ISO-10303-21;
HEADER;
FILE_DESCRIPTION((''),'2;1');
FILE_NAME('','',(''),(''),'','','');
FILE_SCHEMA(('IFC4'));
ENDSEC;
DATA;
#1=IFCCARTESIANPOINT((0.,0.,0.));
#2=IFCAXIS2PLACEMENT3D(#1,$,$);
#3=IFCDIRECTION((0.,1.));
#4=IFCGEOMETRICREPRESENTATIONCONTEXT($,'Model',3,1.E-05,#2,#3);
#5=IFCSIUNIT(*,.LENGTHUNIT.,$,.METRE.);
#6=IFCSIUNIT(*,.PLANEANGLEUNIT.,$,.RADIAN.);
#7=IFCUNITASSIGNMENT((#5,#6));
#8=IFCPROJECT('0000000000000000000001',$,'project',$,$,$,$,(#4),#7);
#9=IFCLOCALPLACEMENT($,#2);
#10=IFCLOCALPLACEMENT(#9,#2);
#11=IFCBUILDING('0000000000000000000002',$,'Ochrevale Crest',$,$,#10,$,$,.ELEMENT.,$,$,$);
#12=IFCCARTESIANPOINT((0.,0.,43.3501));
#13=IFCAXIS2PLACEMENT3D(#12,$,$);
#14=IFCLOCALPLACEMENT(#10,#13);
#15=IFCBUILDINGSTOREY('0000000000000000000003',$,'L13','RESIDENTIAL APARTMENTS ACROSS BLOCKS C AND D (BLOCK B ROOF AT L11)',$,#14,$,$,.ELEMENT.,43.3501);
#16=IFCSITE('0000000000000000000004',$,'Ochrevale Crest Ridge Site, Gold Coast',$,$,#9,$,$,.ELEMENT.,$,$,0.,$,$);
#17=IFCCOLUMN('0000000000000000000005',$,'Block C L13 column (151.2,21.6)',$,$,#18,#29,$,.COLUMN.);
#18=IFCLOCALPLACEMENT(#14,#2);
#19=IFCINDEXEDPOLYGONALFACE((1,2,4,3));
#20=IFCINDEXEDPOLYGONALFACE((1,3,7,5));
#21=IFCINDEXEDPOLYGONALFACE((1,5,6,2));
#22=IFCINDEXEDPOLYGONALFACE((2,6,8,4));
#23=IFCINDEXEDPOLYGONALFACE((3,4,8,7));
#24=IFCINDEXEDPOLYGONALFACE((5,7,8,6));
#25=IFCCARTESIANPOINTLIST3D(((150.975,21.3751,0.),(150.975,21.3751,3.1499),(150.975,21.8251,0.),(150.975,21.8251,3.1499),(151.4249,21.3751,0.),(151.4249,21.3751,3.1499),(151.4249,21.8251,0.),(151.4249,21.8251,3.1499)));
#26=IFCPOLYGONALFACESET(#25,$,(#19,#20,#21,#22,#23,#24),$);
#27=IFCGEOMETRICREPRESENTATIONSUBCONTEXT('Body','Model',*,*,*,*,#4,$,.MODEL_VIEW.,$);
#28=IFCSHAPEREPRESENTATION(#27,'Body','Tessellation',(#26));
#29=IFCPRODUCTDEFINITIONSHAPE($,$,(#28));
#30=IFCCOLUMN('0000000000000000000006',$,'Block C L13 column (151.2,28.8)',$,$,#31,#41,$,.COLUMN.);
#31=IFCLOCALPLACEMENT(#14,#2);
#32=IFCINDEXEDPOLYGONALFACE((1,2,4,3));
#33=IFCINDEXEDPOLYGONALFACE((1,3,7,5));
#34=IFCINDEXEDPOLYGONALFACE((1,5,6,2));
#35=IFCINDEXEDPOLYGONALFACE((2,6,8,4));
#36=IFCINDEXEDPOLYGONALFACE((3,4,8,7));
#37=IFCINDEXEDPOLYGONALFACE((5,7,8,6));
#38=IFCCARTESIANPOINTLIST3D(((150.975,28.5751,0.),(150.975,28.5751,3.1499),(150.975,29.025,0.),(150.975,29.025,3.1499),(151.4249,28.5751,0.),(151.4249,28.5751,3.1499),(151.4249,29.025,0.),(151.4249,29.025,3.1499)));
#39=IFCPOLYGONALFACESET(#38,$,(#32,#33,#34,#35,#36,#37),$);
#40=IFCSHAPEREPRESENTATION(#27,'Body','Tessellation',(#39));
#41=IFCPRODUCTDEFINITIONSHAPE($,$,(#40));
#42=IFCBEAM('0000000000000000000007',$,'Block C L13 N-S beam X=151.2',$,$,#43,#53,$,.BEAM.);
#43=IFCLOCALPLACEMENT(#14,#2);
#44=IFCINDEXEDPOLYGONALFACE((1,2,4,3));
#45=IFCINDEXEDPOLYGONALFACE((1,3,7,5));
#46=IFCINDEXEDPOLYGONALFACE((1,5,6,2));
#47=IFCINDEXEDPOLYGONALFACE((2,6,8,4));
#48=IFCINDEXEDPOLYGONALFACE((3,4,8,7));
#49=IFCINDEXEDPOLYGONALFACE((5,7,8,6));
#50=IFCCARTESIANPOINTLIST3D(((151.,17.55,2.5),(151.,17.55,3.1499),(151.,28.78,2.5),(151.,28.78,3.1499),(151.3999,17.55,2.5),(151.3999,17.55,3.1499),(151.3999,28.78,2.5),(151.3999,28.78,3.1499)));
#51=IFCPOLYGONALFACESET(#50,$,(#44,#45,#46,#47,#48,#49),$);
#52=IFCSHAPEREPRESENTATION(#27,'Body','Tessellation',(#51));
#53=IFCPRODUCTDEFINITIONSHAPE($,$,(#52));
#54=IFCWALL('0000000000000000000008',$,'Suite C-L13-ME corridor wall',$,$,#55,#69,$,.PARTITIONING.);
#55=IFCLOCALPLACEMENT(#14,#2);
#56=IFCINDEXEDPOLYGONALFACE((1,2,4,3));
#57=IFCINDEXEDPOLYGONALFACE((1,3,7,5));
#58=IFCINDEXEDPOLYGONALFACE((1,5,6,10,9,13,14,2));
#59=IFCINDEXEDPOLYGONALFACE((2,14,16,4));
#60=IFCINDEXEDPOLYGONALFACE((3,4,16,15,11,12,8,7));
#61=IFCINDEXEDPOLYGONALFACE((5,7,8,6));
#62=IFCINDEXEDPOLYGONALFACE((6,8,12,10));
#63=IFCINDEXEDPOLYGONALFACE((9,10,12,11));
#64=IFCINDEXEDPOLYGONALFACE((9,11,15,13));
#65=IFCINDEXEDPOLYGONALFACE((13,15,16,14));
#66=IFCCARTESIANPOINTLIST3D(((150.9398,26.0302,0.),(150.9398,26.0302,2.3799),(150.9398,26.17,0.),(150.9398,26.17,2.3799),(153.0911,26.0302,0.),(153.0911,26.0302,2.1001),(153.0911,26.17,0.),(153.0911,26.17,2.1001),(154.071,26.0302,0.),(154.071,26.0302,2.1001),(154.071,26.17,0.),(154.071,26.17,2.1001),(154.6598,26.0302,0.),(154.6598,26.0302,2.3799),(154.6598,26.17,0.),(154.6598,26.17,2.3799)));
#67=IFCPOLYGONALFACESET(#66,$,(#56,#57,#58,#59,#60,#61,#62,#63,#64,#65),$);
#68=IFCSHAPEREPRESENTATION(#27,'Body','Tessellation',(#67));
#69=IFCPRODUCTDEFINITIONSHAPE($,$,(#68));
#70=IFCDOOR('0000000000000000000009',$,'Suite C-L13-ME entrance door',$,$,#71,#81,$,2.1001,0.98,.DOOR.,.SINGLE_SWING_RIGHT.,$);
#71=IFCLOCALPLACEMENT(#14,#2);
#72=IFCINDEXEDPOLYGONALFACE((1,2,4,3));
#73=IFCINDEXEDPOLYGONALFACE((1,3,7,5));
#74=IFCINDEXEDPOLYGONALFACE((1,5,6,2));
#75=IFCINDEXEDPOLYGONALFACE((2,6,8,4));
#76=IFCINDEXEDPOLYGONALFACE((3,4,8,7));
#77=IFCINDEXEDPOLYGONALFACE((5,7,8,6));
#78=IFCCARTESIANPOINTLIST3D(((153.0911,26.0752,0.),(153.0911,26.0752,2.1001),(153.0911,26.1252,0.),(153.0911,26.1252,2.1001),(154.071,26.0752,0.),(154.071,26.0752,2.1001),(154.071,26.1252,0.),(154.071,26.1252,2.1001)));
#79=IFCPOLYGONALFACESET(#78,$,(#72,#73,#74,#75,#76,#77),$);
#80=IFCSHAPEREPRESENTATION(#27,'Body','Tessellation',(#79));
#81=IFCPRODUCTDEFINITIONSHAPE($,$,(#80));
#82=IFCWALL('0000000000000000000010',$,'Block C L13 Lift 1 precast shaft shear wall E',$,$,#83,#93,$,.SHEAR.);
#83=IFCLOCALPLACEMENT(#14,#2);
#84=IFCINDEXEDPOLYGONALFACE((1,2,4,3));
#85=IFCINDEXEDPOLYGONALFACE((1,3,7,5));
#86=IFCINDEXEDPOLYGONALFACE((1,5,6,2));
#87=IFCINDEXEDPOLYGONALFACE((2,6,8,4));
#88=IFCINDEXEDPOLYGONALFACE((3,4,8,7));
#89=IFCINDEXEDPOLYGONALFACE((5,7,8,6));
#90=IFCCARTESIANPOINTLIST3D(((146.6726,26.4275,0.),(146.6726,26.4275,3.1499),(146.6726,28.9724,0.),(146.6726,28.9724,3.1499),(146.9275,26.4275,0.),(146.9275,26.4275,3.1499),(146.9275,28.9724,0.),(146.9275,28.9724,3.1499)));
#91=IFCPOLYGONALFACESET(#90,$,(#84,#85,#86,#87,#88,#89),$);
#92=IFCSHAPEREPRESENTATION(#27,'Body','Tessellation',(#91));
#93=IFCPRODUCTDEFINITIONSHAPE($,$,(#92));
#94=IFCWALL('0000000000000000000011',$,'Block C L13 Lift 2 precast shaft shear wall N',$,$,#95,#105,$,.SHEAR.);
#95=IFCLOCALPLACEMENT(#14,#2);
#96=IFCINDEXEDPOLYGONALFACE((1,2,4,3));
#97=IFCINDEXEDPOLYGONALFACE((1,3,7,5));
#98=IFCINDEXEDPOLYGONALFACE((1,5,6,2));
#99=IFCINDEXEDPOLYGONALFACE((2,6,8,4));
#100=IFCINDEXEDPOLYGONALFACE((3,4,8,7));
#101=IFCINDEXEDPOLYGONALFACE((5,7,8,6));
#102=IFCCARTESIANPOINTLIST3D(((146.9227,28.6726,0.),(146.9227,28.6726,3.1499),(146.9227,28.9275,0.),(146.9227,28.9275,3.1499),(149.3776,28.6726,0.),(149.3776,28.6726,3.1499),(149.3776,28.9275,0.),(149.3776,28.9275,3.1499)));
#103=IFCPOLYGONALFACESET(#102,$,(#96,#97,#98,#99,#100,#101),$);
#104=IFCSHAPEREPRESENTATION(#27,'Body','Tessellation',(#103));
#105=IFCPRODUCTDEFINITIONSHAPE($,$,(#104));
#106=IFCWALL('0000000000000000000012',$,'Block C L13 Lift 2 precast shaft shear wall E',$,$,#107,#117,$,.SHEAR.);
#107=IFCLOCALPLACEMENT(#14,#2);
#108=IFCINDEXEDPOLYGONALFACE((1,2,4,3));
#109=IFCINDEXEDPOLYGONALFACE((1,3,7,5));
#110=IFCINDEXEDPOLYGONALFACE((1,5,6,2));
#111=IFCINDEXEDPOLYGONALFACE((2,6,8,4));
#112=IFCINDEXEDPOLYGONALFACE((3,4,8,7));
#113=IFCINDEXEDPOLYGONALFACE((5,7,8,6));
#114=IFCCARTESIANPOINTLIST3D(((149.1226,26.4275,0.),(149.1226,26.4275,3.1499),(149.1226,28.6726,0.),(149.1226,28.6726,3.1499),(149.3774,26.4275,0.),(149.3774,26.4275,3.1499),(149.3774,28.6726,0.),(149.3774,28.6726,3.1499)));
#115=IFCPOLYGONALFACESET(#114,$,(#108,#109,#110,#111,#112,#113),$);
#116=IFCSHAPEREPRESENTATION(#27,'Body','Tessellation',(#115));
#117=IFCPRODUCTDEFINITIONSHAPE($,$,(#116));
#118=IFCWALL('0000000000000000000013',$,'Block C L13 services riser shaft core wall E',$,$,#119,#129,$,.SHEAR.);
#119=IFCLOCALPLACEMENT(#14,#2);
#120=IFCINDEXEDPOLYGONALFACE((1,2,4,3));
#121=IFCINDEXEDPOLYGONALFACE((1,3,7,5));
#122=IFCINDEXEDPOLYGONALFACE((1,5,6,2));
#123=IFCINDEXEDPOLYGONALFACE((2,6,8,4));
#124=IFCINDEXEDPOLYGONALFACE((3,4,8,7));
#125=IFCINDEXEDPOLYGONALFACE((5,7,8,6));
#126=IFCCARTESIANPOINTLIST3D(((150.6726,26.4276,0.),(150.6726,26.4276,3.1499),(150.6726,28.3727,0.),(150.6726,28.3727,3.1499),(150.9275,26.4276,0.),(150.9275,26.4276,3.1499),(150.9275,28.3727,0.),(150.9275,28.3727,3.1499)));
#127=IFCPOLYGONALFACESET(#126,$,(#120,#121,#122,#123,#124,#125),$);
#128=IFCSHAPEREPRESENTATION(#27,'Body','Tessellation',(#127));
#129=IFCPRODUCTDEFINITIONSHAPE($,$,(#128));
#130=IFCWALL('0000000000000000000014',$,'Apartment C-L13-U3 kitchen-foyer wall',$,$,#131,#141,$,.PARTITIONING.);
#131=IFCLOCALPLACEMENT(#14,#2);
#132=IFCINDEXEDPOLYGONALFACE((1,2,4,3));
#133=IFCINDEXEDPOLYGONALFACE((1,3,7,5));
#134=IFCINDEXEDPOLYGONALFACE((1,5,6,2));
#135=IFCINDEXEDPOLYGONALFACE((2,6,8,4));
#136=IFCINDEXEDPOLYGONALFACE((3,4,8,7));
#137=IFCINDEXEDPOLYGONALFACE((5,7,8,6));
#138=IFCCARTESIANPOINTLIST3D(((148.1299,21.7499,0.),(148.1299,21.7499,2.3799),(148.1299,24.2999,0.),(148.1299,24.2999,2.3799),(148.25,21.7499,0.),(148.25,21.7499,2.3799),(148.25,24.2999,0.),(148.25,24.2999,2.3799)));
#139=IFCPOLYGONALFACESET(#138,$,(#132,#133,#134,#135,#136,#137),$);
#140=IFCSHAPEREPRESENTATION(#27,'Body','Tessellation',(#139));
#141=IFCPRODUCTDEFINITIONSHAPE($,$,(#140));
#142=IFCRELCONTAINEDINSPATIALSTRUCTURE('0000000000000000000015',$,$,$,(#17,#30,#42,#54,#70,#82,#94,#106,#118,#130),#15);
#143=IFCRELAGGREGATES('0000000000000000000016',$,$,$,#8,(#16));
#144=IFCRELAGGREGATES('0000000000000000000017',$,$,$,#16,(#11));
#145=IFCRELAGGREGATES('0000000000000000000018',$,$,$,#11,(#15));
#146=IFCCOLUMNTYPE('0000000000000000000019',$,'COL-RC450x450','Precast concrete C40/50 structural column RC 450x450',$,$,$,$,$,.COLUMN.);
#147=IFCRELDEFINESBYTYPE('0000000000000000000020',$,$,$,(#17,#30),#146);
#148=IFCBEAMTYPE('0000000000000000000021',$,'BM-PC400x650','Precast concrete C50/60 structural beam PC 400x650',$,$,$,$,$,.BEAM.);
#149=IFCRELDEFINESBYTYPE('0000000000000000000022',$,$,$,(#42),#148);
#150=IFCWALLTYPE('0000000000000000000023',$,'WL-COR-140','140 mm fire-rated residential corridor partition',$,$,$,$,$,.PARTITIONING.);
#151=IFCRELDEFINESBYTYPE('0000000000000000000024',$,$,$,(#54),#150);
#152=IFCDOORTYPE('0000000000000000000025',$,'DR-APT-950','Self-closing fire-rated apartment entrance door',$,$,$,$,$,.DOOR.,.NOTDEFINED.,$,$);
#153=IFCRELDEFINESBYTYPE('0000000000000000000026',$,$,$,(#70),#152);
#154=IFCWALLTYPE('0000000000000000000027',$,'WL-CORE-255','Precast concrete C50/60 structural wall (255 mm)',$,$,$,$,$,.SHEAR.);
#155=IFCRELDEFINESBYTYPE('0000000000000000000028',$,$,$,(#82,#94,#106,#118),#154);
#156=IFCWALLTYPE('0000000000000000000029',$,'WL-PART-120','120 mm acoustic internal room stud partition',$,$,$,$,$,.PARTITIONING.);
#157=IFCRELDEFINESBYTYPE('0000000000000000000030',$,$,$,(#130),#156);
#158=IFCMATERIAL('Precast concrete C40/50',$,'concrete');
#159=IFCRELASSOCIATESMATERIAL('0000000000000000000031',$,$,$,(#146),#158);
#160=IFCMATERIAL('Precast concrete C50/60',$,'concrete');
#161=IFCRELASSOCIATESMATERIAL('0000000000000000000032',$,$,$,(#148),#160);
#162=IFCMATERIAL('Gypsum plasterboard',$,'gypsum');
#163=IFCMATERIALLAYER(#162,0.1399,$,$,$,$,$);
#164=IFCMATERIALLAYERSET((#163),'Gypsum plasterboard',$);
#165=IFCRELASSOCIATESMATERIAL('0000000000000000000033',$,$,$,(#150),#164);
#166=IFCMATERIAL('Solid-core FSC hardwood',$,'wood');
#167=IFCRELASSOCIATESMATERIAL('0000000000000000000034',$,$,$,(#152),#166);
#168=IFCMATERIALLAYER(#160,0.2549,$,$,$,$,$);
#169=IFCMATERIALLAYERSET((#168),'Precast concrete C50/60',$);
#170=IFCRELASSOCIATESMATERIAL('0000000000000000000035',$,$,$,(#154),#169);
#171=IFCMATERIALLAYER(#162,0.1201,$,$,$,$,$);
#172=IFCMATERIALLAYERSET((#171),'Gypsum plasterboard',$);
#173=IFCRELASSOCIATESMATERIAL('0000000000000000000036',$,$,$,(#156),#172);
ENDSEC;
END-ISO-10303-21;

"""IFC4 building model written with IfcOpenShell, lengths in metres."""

from ifc_helpers import new_model, si_unit, direction, frame, frame_2d, origin, origin_2d, place, context, subcontext, project, spatial, rectangle, extrude, material, layer, layer_set, material_profile, profile_set, type_object, element, fill, save


model = new_model("IFC4")

# Units and contexts
model_context = context("Model", 3, precision=1e-05, world=origin(), true_north=direction((0.0, 1.0)))
body_context = subcontext(model_context, "Body", "Model", "MODEL_VIEW")
ifc_project = project(units=[si_unit("LENGTHUNIT", "METRE"), si_unit("PLANEANGLEUNIT", "RADIAN")], contexts=[model_context])

# Site, building, storey
site_placement = place(None, origin())
site = spatial("IfcSite", under=ifc_project, at=site_placement, Name="Ochrevale Crest Ridge Site, Gold Coast", CompositionType="ELEMENT", RefElevation=0.0)
building_placement = place(site_placement, origin())
building = spatial("IfcBuilding", under=site, at=building_placement, Name="Ochrevale Crest", CompositionType="ELEMENT")
storey_placement = place(building_placement, frame((0.0, 0.0, 43.3501)))
storey = spatial("IfcBuildingStorey", under=building, at=storey_placement, Name="L13", Description="RESIDENTIAL APARTMENTS ACROSS BLOCKS C AND D (BLOCK B ROOF AT L11)", CompositionType="ELEMENT", Elevation=43.3501)

# Columns
ifc_material_1 = material(Name="Precast concrete C40/50", Category="concrete")
ifc_material_profile_1 = material_profile(ifc_material_1, rectangle(XDim=0.45, YDim=0.45, at=origin_2d()), Name="RC 450x450")
ifc_profile_set_1 = profile_set([ifc_material_profile_1], Name="Precast concrete C40/50")
column_type = type_object("IfcColumnType", Name="COL-RC450x450", Description="Precast concrete C40/50 structural column RC 450x450", PredefinedType="COLUMN", material=ifc_profile_set_1)
for number, where, z_axis, x_axis, name in (
    (1, (151.2, 21.6001, 0.0), (0.0, 0.0, 1.0), (1.0, 0.0, 0.0), "Block C L13 column (151.2,21.6)"),
    (2, (151.2, 28.8, 0.0), (0.0, 0.0, 1.0), (1.0, 0.0, 0.0), "Block C L13 column (151.2,28.8)"),
):
    element("IfcColumn", number, at=place(storey_placement, frame(where, z_axis=z_axis, x_axis=x_axis)), inside=storey, type_object=column_type, Name=name, PredefinedType="COLUMN", context=body_context, shape_type="SweptSolid", body=[
        extrude(rectangle(XDim=0.45, YDim=0.45, at=origin_2d()), origin(), (0.0, 0.0, 1.0), 3.1499),
    ])

# Beam
ifc_material_2 = material(Name="Precast concrete C50/60", Category="concrete")
ifc_material_profile_2 = material_profile(ifc_material_2, rectangle(XDim=0.3999, YDim=0.6499, at=origin_2d()), Name="PC 400x650")
ifc_profile_set_2 = profile_set([ifc_material_profile_2], Name="Precast concrete C50/60")
beam_type = type_object("IfcBeamType", Name="BM-PC400x650", Description="Precast concrete C50/60 structural beam PC 400x650", PredefinedType="BEAM", material=ifc_profile_set_2)
beam_placement = place(storey_placement, frame((151.2, 17.55, 2.825), z_axis=(0.0, 1.0, 0.0), x_axis=(-1.0, 0.0, 0.0)))
element("IfcBeam", 3, at=beam_placement, inside=storey, type_object=beam_type, Name="Block C L13 N-S beam X=151.2", PredefinedType="BEAM", context=body_context, shape_type="SweptSolid", body=[
    extrude(rectangle(XDim=0.3999, YDim=0.6499, at=origin_2d()), origin(), (0.0, 0.0, 1.0), 11.23),
])

# Wall, opening, door
ifc_material_3 = material(Name="Gypsum plasterboard", Category="gypsum")
ifc_layer_1 = layer(ifc_material_3, 0.1399)
ifc_layer_set_1 = layer_set([ifc_layer_1], Name="Gypsum plasterboard")
wall_type_1 = type_object("IfcWallType", Name="WL-COR-140", Description="140 mm fire-rated residential corridor partition", PredefinedType="PARTITIONING", material=ifc_layer_set_1)
wall_1_placement = place(storey_placement, frame((150.9399, 26.1001, 0.0), z_axis=(0.0, 0.0, 1.0), x_axis=(1.0, 0.0, 0.0)))
wall_1 = element("IfcWall", 4, at=wall_1_placement, inside=storey, type_object=wall_type_1, Name="Suite C-L13-ME corridor wall", PredefinedType="PARTITIONING", context=body_context, shape_type="SweptSolid", body=[
    extrude(rectangle(XDim=3.72, YDim=0.1399, at=frame_2d((1.8599, 0.0))), origin(), (0.0, 0.0, 1.0), 2.3799),
])
opening_1_placement = place(wall_1_placement, frame((3.1311, 0.0, 0.0), z_axis=(0.0, 0.0, 1.0), x_axis=(-1.0, 0.0, 0.0)))
opening_1 = element("IfcOpeningElement", 5, at=opening_1_placement, cuts=wall_1, PredefinedType="OPENING", context=body_context, shape_type="SweptSolid", body=[
    extrude(rectangle(XDim=0.98, YDim=2.1001, at=frame_2d((0.49, 1.05))), frame((0.0, 0.0801, 0.0), z_axis=(0.0, -1.0, 0.0), x_axis=(1.0, 0.0, 0.0)), (0.0, 0.0, 1.0), 0.1599),
])
ifc_material_4 = material(Name="Solid-core FSC hardwood", Category="wood")
door_type_1 = type_object("IfcDoorType", Name="DR-APT-950", Description="Self-closing fire-rated apartment entrance door", OperationType="NOTDEFINED", PredefinedType="DOOR", material=ifc_material_4)
door_1_placement = place(opening_1_placement, origin())
door_1 = element("IfcDoor", 6, at=door_1_placement, inside=storey, type_object=door_type_1, Name="Suite C-L13-ME entrance door", OperationType="SINGLE_SWING_RIGHT", OverallHeight=2.1001, OverallWidth=0.98, PredefinedType="DOOR", context=body_context, shape_type="SweptSolid", body=[
    extrude(rectangle(XDim=0.98, YDim=2.1001, at=frame_2d((0.49, 1.05))), frame((0.0, 0.0249, 0.0), z_axis=(0.0, -1.0, 0.0), x_axis=(1.0, 0.0, 0.0)), (0.0, 0.0, 1.0), 0.05),
])
fill(opening_1, door_1)

# Wall
ifc_layer_2 = layer(ifc_material_2, 0.2549)
ifc_layer_set_2 = layer_set([ifc_layer_2], Name="Precast concrete C50/60")
wall_type_2 = type_object("IfcWallType", Name="WL-CORE-255", Description="Precast concrete C50/60 structural wall (255 mm)", PredefinedType="SHEAR", material=ifc_layer_set_2)
wall_2_placement = place(storey_placement, frame((146.8, 26.4275, 0.0), z_axis=(0.0, 0.0, 1.0), x_axis=(0.0, 1.0, 0.0)))
element("IfcWall", 7, at=wall_2_placement, inside=storey, type_object=wall_type_2, Name="Block C L13 Lift 1 precast shaft shear wall E", PredefinedType="SHEAR", context=body_context, shape_type="SweptSolid", body=[
    extrude(rectangle(XDim=2.5449, YDim=0.2549, at=frame_2d((1.2725, 0.0))), origin(), (0.0, 0.0, 1.0), 3.1499),
])

# Walls
wall_3_placement = place(storey_placement, frame((146.9226, 28.8, 0.0), z_axis=(0.0, 0.0, 1.0), x_axis=(1.0, 0.0, 0.0)))
element("IfcWall", 8, at=wall_3_placement, inside=storey, type_object=wall_type_2, Name="Block C L13 Lift 2 precast shaft shear wall N", PredefinedType="SHEAR", context=body_context, shape_type="SweptSolid", body=[
    extrude(rectangle(XDim=2.4548, YDim=0.2549, at=frame_2d((1.2275, 0.0))), origin(), (0.0, 0.0, 1.0), 3.1499),
])
wall_4_placement = place(storey_placement, frame((149.25, 26.4275, 0.0), z_axis=(0.0, 0.0, 1.0), x_axis=(0.0, 1.0, 0.0)))
element("IfcWall", 9, at=wall_4_placement, inside=storey, type_object=wall_type_2, Name="Block C L13 Lift 2 precast shaft shear wall E", PredefinedType="SHEAR", context=body_context, shape_type="SweptSolid", body=[
    extrude(rectangle(XDim=2.2451, YDim=0.2549, at=frame_2d((1.1226, 0.0))), origin(), (0.0, 0.0, 1.0), 3.1499),
])
wall_5_placement = place(storey_placement, frame((150.8, 26.4275, 0.0), z_axis=(0.0, 0.0, 1.0), x_axis=(0.0, 1.0, 0.0)))
element("IfcWall", 10, at=wall_5_placement, inside=storey, type_object=wall_type_2, Name="Block C L13 services riser shaft core wall E", PredefinedType="SHEAR", context=body_context, shape_type="SweptSolid", body=[
    extrude(rectangle(XDim=1.9451, YDim=0.2549, at=frame_2d((0.9727, 0.0))), origin(), (0.0, 0.0, 1.0), 3.1499),
])
ifc_layer_3 = layer(ifc_material_3, 0.1201)
ifc_layer_set_3 = layer_set([ifc_layer_3], Name="Gypsum plasterboard")
wall_type_3 = type_object("IfcWallType", Name="WL-PART-120", Description="120 mm acoustic internal room stud partition", PredefinedType="PARTITIONING", material=ifc_layer_set_3)
wall_6_placement = place(storey_placement, frame((148.1899, 21.75, 0.0), z_axis=(0.0, 0.0, 1.0), x_axis=(0.0, 1.0, 0.0)))
element("IfcWall", 11, at=wall_6_placement, inside=storey, type_object=wall_type_3, Name="Apartment C-L13-U3 kitchen-foyer wall", PredefinedType="PARTITIONING", context=body_context, shape_type="SweptSolid", body=[
    extrude(rectangle(XDim=2.55, YDim=0.1201, at=frame_2d((1.2749, 0.0))), origin(), (0.0, 0.0, 1.0), 2.3799),
])

save(model, "model.ifc")
